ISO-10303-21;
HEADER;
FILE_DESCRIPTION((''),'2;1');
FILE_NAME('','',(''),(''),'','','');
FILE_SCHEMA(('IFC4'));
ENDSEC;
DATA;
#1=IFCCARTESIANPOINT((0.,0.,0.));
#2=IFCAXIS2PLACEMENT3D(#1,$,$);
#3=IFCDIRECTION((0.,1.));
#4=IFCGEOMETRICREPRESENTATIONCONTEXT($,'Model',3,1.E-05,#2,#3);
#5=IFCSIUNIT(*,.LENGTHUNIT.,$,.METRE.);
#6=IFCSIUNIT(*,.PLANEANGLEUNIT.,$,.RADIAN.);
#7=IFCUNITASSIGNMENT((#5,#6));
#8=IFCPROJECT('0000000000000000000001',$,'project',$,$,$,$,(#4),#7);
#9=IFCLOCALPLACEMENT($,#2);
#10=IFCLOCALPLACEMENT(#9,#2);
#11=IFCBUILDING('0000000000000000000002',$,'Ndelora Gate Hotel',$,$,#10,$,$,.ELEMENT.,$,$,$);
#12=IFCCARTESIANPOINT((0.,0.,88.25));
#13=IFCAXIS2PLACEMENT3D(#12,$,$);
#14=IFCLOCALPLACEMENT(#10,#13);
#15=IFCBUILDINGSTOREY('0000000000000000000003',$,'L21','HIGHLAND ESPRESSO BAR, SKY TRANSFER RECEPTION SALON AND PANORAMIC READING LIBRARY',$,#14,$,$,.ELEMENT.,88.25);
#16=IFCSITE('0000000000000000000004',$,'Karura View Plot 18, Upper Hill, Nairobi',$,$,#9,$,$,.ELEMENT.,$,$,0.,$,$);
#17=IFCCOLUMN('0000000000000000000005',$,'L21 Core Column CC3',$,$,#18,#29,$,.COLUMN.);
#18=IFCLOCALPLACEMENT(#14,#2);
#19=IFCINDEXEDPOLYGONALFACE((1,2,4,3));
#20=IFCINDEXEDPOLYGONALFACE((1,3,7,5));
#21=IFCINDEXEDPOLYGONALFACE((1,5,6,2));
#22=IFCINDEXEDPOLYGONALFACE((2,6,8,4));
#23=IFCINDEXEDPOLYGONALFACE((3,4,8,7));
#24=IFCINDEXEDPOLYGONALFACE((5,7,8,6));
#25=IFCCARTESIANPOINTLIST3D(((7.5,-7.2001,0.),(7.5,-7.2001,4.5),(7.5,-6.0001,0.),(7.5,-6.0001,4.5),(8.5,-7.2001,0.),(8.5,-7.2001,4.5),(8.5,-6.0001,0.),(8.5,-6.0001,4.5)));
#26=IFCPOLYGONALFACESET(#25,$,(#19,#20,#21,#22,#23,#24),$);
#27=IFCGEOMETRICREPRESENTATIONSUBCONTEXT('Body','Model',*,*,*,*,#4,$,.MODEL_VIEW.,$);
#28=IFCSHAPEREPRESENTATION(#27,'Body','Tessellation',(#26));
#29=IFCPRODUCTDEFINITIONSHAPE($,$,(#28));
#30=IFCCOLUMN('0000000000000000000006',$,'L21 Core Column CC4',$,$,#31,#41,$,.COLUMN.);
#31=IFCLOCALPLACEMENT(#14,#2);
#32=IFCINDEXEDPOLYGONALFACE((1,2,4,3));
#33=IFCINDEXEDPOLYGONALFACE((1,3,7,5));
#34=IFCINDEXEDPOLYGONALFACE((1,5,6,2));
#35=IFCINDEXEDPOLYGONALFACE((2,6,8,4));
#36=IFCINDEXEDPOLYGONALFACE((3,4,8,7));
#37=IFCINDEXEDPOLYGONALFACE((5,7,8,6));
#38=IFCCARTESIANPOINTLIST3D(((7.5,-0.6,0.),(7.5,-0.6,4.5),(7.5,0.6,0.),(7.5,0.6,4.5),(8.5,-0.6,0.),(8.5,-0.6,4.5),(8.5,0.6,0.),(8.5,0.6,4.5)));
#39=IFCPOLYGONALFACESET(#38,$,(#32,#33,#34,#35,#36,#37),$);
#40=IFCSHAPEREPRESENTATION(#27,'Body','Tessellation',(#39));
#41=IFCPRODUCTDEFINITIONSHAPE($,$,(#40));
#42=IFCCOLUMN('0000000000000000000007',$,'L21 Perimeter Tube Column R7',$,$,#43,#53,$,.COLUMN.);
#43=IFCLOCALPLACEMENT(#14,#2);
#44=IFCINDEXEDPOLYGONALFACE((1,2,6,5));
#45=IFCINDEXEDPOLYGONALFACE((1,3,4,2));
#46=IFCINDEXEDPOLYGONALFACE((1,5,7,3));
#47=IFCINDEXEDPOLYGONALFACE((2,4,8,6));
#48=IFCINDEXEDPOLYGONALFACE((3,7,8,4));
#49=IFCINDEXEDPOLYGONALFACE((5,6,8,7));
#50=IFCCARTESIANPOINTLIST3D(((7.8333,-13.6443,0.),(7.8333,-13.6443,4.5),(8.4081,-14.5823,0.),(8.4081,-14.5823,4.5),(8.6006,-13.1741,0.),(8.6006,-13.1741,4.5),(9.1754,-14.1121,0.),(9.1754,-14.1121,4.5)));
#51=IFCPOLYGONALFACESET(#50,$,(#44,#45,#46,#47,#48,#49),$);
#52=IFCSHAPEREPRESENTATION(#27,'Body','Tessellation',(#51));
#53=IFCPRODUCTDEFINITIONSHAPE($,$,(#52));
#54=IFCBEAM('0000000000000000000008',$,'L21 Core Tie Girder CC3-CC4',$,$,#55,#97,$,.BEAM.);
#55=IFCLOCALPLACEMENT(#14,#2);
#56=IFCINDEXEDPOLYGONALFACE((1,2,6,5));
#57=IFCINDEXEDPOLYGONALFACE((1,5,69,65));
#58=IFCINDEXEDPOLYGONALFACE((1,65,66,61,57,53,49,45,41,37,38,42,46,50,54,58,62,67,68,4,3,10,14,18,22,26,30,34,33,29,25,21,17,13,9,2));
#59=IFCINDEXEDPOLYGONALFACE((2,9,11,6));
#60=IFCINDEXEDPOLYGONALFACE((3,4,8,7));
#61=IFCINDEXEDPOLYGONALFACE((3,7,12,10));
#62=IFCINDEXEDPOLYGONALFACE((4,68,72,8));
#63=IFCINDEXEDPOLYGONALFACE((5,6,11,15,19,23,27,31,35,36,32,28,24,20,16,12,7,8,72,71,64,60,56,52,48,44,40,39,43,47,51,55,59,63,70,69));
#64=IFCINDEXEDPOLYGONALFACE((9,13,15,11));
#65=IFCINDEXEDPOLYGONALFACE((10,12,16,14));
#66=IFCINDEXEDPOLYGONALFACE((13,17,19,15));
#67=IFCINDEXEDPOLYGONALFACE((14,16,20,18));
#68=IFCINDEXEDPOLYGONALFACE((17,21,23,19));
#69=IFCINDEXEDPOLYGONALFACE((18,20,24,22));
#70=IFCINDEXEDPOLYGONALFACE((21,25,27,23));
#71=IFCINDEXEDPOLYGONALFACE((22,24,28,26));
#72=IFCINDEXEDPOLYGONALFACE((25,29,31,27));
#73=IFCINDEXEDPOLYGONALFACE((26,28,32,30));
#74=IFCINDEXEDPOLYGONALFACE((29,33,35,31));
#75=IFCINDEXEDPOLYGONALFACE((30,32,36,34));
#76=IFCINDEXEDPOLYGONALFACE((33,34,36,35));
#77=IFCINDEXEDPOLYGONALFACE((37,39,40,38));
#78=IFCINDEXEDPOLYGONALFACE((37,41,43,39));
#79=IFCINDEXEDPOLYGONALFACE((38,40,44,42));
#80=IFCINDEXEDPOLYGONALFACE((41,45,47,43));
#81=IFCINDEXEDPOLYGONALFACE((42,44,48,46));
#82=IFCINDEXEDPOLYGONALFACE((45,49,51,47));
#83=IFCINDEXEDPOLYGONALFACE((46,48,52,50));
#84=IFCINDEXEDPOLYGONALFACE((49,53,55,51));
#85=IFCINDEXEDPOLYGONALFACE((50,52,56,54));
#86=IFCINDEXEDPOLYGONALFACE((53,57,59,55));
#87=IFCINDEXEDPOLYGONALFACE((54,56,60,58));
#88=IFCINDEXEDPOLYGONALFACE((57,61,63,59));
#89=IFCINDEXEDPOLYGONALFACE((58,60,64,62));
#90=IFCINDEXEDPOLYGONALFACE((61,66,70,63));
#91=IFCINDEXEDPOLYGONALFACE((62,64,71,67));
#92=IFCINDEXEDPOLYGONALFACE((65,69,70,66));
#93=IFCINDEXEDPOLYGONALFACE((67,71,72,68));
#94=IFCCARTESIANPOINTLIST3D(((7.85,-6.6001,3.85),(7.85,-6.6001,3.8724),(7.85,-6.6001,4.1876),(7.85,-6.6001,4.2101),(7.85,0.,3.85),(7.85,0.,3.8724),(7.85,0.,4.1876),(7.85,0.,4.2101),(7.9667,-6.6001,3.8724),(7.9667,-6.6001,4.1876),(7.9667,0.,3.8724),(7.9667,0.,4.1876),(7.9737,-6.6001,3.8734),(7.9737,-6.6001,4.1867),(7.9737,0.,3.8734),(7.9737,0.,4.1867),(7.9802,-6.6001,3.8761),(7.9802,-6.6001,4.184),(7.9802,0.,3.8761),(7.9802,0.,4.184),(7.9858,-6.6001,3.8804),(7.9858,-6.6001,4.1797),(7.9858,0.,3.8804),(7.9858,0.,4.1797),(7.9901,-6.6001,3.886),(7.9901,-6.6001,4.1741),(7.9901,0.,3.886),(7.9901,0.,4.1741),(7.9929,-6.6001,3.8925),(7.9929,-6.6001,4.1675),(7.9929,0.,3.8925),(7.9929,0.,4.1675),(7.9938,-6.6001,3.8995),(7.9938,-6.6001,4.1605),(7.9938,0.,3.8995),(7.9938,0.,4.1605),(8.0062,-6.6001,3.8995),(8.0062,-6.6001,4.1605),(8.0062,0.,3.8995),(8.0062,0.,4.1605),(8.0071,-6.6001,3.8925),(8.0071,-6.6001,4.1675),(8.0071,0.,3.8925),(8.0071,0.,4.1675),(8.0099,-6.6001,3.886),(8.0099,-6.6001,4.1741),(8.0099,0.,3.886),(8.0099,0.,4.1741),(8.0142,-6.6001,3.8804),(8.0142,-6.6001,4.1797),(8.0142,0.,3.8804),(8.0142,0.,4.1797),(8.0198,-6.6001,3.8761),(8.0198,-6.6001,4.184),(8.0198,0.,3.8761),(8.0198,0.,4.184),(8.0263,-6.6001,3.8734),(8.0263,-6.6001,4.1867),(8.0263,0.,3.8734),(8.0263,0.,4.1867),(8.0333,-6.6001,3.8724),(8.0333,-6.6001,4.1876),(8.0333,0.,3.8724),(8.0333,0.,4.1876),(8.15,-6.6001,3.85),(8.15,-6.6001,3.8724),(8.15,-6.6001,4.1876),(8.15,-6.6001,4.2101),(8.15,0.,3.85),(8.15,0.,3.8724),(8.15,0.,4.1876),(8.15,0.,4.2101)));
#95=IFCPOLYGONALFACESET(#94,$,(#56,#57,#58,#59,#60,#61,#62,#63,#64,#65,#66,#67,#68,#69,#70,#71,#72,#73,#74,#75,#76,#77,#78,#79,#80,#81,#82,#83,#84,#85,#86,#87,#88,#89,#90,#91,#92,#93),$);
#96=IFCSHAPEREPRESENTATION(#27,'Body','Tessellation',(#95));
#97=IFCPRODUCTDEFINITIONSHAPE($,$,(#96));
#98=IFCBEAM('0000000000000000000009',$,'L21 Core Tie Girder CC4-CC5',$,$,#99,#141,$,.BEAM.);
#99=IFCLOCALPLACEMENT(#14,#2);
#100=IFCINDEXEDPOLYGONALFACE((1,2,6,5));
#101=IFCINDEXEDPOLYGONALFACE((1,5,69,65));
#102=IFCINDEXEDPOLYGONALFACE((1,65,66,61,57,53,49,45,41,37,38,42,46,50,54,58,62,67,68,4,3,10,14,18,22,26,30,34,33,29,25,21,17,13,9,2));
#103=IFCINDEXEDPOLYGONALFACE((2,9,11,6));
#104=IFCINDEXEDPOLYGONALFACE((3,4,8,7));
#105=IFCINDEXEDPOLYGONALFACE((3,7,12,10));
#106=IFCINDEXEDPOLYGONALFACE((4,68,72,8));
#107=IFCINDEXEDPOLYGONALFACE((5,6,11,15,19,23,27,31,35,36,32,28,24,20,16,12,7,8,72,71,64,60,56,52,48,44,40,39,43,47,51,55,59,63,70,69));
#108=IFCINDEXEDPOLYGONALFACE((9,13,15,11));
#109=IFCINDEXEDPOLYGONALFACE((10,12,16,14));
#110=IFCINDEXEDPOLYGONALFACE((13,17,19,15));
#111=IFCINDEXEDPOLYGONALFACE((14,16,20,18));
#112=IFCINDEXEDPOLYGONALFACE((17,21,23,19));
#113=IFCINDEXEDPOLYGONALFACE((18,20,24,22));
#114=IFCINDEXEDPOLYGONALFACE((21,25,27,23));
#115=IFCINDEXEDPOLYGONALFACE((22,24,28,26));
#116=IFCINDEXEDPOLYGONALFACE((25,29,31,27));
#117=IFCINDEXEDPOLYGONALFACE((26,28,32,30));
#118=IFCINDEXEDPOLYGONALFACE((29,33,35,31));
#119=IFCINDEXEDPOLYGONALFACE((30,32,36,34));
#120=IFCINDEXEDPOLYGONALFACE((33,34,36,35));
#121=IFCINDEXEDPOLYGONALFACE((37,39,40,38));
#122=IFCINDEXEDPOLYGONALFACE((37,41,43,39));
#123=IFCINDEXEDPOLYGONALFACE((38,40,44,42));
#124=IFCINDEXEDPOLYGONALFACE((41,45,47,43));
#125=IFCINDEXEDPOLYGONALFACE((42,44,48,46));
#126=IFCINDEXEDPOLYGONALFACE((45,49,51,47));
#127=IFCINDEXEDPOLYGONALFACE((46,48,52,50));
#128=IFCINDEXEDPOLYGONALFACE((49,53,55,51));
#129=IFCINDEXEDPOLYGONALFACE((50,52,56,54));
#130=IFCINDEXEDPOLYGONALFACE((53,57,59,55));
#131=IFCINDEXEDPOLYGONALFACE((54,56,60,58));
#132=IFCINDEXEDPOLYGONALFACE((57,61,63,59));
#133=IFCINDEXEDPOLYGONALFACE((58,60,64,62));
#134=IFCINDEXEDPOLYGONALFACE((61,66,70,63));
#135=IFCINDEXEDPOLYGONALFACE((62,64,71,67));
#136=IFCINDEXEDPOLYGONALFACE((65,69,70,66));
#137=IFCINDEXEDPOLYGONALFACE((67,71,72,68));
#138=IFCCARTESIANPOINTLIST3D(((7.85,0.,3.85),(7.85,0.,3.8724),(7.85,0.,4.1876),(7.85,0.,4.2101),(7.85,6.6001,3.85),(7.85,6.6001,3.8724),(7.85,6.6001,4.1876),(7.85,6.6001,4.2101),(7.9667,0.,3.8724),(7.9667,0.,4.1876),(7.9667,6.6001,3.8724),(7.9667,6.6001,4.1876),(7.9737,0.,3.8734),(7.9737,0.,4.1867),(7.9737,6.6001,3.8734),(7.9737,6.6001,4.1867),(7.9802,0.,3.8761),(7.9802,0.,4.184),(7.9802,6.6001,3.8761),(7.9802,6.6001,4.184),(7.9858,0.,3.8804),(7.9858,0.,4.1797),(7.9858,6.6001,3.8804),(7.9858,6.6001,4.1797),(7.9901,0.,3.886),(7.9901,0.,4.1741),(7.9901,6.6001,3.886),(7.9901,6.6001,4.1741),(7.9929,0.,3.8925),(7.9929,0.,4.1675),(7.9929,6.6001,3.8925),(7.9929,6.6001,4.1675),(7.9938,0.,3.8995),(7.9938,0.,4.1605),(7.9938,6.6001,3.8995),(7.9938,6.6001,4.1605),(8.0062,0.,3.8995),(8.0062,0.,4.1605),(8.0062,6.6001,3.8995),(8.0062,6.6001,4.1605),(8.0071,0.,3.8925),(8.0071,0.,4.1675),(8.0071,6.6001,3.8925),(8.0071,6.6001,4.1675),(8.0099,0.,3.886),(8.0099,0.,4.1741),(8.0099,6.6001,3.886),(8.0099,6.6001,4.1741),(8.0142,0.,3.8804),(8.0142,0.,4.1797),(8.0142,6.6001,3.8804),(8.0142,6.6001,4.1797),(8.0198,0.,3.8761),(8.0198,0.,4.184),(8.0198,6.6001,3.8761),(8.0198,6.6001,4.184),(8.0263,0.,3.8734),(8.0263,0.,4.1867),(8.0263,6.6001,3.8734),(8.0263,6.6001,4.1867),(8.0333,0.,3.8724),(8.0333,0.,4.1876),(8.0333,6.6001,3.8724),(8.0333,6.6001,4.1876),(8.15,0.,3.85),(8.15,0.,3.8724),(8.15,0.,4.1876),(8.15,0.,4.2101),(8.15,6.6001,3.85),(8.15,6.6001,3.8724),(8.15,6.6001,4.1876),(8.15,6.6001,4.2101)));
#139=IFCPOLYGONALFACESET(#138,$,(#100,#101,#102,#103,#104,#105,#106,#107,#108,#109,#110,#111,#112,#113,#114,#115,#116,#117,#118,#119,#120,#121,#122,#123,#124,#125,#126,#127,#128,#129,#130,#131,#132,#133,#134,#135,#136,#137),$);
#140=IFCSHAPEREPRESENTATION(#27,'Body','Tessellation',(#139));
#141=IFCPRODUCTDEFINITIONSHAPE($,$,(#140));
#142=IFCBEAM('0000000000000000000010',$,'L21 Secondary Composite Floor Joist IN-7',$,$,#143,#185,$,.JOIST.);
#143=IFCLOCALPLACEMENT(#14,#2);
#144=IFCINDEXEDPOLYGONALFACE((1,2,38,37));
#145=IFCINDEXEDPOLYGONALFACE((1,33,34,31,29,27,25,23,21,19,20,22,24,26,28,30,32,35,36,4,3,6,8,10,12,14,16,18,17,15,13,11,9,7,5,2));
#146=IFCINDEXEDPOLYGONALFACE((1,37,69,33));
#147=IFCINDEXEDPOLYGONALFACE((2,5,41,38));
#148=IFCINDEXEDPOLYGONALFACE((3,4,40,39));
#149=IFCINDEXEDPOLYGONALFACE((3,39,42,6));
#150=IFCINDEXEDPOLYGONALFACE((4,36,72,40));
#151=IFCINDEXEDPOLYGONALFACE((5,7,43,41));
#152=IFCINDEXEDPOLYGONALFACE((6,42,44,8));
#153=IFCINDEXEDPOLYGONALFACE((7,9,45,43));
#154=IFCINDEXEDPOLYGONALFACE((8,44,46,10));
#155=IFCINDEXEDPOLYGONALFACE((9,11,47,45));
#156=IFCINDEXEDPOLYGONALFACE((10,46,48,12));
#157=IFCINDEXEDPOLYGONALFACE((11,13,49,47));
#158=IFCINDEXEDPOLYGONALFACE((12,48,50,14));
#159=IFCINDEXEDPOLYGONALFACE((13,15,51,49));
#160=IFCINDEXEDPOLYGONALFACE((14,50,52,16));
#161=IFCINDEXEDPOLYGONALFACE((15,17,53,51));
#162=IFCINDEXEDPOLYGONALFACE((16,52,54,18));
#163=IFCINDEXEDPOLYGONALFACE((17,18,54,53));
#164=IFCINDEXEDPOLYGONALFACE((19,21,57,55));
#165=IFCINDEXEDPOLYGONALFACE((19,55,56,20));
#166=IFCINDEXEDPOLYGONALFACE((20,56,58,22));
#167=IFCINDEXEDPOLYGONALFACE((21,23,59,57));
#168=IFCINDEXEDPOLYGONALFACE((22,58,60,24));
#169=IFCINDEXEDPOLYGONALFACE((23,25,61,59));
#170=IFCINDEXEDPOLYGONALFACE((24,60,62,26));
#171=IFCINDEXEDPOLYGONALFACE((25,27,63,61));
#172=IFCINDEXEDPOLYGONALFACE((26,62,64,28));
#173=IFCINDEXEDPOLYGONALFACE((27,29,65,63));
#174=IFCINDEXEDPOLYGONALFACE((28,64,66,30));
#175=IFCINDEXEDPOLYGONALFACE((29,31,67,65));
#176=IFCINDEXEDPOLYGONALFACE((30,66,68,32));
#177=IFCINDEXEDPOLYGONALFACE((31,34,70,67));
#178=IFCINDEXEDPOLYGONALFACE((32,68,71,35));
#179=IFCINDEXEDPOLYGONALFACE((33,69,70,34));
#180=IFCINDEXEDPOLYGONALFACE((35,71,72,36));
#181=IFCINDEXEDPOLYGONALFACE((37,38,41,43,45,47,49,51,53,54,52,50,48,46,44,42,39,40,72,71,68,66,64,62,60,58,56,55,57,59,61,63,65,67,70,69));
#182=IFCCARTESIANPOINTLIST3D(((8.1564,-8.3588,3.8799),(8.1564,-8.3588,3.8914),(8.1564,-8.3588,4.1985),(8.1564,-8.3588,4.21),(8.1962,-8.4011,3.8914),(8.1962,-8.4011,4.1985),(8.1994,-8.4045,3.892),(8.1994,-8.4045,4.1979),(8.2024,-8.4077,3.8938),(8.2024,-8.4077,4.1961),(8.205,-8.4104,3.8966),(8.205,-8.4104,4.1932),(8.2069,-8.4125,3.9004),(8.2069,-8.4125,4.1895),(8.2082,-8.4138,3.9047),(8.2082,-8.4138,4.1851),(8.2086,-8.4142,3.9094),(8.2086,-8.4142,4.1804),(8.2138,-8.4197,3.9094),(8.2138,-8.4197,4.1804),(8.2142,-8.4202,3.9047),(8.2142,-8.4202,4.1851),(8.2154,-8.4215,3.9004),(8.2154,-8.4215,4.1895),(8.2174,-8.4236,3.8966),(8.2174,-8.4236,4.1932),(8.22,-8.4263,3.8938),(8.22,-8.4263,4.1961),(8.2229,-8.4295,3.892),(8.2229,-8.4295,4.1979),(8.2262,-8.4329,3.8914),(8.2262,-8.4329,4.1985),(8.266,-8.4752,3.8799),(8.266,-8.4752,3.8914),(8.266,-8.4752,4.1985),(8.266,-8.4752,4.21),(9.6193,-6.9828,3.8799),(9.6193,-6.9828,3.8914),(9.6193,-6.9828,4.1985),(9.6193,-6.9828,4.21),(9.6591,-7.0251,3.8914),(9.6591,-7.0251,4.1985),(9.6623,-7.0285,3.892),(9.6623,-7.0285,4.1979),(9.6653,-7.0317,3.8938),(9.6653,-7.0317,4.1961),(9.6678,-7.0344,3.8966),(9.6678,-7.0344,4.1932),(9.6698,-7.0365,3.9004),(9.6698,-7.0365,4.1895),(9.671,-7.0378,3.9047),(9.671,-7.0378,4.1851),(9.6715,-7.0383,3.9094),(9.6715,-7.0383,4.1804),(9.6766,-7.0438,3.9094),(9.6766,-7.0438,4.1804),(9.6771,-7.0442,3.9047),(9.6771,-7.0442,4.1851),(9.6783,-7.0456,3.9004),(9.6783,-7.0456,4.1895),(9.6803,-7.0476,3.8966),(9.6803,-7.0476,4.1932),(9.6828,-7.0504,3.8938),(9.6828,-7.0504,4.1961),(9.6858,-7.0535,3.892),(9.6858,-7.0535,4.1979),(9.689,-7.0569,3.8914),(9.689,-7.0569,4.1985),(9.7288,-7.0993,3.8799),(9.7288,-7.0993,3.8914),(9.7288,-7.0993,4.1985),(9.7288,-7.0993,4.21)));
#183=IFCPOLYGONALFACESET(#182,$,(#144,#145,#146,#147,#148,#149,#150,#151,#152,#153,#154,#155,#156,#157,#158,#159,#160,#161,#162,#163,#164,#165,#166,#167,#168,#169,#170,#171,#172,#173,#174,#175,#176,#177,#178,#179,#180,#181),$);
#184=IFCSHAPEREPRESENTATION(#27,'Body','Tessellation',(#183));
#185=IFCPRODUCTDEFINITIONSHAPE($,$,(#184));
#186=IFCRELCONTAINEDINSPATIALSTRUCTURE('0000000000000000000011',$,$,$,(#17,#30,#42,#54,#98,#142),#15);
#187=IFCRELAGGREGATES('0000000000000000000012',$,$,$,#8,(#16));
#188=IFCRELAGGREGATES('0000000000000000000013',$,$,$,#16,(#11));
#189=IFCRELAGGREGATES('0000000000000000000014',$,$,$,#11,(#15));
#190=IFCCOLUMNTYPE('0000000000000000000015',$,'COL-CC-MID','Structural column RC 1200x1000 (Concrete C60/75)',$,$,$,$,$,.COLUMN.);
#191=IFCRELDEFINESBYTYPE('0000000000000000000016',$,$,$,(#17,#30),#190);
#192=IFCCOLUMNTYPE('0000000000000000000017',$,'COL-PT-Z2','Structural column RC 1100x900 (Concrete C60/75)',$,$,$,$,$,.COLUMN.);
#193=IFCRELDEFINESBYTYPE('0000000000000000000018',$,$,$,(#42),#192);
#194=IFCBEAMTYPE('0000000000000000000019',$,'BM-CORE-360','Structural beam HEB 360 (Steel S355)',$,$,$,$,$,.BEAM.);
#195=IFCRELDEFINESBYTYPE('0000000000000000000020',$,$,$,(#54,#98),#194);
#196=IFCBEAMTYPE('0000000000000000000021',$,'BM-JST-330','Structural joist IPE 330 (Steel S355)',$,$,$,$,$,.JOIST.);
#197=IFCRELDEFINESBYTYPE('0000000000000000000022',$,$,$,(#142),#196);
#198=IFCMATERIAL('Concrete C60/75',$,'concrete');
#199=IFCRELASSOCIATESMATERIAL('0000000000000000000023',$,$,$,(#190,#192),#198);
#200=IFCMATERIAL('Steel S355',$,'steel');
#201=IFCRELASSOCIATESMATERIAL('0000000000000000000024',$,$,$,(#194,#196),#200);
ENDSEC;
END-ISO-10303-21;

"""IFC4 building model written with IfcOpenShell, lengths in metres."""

from ifc_helpers import new_model, si_unit, direction, frame, origin, origin_2d, place, context, subcontext, project, spatial, rectangle, i_section, extrude, material, material_profile, profile_set, type_object, element, save


model = new_model("IFC4")

# Units and contexts
model_context = context("Model", 3, precision=1e-05, world=origin(), true_north=direction((0.0, 1.0)))
body_context = subcontext(model_context, "Body", "Model", "MODEL_VIEW")
ifc_project = project(units=[si_unit("LENGTHUNIT", "METRE"), si_unit("PLANEANGLEUNIT", "RADIAN")], contexts=[model_context])

# Site, building, storey
site_placement = place(None, origin())
site = spatial("IfcSite", under=ifc_project, at=site_placement, Name="Karura View Plot 18, Upper Hill, Nairobi", CompositionType="ELEMENT", RefElevation=0.0)
building_placement = place(site_placement, origin())
building = spatial("IfcBuilding", under=site, at=building_placement, Name="Ndelora Gate Hotel", CompositionType="ELEMENT")
storey_placement = place(building_placement, frame((0.0, 0.0, 88.25)))
storey = spatial("IfcBuildingStorey", under=building, at=storey_placement, Name="L21", Description="HIGHLAND ESPRESSO BAR, SKY TRANSFER RECEPTION SALON AND PANORAMIC READING LIBRARY", CompositionType="ELEMENT", Elevation=88.25)

# Columns
ifc_material_1 = material(Name="Concrete C60/75", Category="concrete")
ifc_material_profile_1 = material_profile(ifc_material_1, rectangle(XDim=1.0, YDim=1.2, at=origin_2d()), Name="RC 1200x1000")
ifc_profile_set_1 = profile_set([ifc_material_profile_1], Name="Concrete C60/75")
column_type_1 = type_object("IfcColumnType", Name="COL-CC-MID", Description="Structural column RC 1200x1000 (Concrete C60/75)", PredefinedType="COLUMN", material=ifc_profile_set_1)
for number, where, z_axis, x_axis, name in (
    (1, (8.0, -6.6001, 0.0), (0.0, 0.0, 1.0), (1.0, 0.0, 0.0), "L21 Core Column CC3"),
    (2, (8.0, 0.0, 0.0), (0.0, 0.0, 1.0), (1.0, 0.0, 0.0), "L21 Core Column CC4"),
):
    element("IfcColumn", number, at=place(storey_placement, frame(where, z_axis=z_axis, x_axis=x_axis)), inside=storey, type_object=column_type_1, Name=name, PredefinedType="COLUMN", context=body_context, shape_type="SweptSolid", body=[
        extrude(rectangle(XDim=1.0, YDim=1.2, at=origin_2d()), origin(), (0.0, 0.0, 1.0), 4.5),
    ])
ifc_material_profile_2 = material_profile(ifc_material_1, rectangle(XDim=0.8999, YDim=1.1001, at=origin_2d()), Name="RC 1100x900")
ifc_profile_set_2 = profile_set([ifc_material_profile_2], Name="Concrete C60/75")
column_type_2 = type_object("IfcColumnType", Name="COL-PT-Z2", Description="Structural column RC 1100x900 (Concrete C60/75)", PredefinedType="COLUMN", material=ifc_profile_set_2)
column_placement = place(storey_placement, frame((8.5044, -13.8782, 0.0), z_axis=(0.0, 0.0, 1.0), x_axis=(0.85264, 0.522499, 0.0)))
element("IfcColumn", 3, at=column_placement, inside=storey, type_object=column_type_2, Name="L21 Perimeter Tube Column R7", PredefinedType="COLUMN", context=body_context, shape_type="SweptSolid", body=[
    extrude(rectangle(XDim=0.8999, YDim=1.1001, at=origin_2d()), origin(), (0.0, 0.0, 1.0), 4.5),
])

# Beams
ifc_material_2 = material(Name="Steel S355", Category="steel")
ifc_material_profile_3 = material_profile(ifc_material_2, i_section(OverallWidth=0.3, OverallDepth=0.3601, WebThickness=0.0125, FlangeThickness=0.0225, FilletRadius=0.0271, at=origin_2d()), Name="HEB 360")
ifc_profile_set_3 = profile_set([ifc_material_profile_3], Name="Steel S355")
beam_type_1 = type_object("IfcBeamType", Name="BM-CORE-360", Description="Structural beam HEB 360 (Steel S355)", PredefinedType="BEAM", material=ifc_profile_set_3)
for number, where, z_axis, x_axis, name in (
    (4, (8.0, -6.6001, 4.03), (0.0, 1.0, 0.0), (-1.0, 0.0, 0.0), "L21 Core Tie Girder CC3-CC4"),
    (5, (8.0, 0.0, 4.03), (0.0, 1.0, 0.0), (-1.0, 0.0, 0.0), "L21 Core Tie Girder CC4-CC5"),
):
    element("IfcBeam", number, at=place(storey_placement, frame(where, z_axis=z_axis, x_axis=x_axis)), inside=storey, type_object=beam_type_1, Name=name, PredefinedType="BEAM", context=body_context, shape_type="SweptSolid", body=[
        extrude(i_section(OverallWidth=0.3, OverallDepth=0.3601, WebThickness=0.0125, FlangeThickness=0.0225, FilletRadius=0.0271, at=origin_2d()), origin(), (0.0, 0.0, 1.0), 6.6001),
    ])
ifc_material_profile_4 = material_profile(ifc_material_2, i_section(OverallWidth=0.1599, OverallDepth=0.3301, WebThickness=0.0076, FlangeThickness=0.0115, FilletRadius=0.0181, at=origin_2d()), Name="IPE 330")
ifc_profile_set_4 = profile_set([ifc_material_profile_4], Name="Steel S355")
beam_type_2 = type_object("IfcBeamType", Name="BM-JST-330", Description="Structural joist IPE 330 (Steel S355)", PredefinedType="JOIST", material=ifc_profile_set_4)
beam_1_placement = place(storey_placement, frame((8.2112, -8.417, 4.0449), z_axis=(0.728414, 0.685137, 0.0), x_axis=(-0.685137, 0.728414, 0.0)))
element("IfcBeam", 6, at=beam_1_placement, inside=storey, type_object=beam_type_2, Name="L21 Secondary Composite Floor Joist IN-7", PredefinedType="JOIST", context=body_context, shape_type="SweptSolid", body=[
    extrude(i_section(OverallWidth=0.1599, OverallDepth=0.3301, WebThickness=0.0076, FlangeThickness=0.0115, FilletRadius=0.0181, at=origin_2d()), origin(), (0.0, 0.0, 1.0), 2.0083),
])

save(model, "model.ifc")
